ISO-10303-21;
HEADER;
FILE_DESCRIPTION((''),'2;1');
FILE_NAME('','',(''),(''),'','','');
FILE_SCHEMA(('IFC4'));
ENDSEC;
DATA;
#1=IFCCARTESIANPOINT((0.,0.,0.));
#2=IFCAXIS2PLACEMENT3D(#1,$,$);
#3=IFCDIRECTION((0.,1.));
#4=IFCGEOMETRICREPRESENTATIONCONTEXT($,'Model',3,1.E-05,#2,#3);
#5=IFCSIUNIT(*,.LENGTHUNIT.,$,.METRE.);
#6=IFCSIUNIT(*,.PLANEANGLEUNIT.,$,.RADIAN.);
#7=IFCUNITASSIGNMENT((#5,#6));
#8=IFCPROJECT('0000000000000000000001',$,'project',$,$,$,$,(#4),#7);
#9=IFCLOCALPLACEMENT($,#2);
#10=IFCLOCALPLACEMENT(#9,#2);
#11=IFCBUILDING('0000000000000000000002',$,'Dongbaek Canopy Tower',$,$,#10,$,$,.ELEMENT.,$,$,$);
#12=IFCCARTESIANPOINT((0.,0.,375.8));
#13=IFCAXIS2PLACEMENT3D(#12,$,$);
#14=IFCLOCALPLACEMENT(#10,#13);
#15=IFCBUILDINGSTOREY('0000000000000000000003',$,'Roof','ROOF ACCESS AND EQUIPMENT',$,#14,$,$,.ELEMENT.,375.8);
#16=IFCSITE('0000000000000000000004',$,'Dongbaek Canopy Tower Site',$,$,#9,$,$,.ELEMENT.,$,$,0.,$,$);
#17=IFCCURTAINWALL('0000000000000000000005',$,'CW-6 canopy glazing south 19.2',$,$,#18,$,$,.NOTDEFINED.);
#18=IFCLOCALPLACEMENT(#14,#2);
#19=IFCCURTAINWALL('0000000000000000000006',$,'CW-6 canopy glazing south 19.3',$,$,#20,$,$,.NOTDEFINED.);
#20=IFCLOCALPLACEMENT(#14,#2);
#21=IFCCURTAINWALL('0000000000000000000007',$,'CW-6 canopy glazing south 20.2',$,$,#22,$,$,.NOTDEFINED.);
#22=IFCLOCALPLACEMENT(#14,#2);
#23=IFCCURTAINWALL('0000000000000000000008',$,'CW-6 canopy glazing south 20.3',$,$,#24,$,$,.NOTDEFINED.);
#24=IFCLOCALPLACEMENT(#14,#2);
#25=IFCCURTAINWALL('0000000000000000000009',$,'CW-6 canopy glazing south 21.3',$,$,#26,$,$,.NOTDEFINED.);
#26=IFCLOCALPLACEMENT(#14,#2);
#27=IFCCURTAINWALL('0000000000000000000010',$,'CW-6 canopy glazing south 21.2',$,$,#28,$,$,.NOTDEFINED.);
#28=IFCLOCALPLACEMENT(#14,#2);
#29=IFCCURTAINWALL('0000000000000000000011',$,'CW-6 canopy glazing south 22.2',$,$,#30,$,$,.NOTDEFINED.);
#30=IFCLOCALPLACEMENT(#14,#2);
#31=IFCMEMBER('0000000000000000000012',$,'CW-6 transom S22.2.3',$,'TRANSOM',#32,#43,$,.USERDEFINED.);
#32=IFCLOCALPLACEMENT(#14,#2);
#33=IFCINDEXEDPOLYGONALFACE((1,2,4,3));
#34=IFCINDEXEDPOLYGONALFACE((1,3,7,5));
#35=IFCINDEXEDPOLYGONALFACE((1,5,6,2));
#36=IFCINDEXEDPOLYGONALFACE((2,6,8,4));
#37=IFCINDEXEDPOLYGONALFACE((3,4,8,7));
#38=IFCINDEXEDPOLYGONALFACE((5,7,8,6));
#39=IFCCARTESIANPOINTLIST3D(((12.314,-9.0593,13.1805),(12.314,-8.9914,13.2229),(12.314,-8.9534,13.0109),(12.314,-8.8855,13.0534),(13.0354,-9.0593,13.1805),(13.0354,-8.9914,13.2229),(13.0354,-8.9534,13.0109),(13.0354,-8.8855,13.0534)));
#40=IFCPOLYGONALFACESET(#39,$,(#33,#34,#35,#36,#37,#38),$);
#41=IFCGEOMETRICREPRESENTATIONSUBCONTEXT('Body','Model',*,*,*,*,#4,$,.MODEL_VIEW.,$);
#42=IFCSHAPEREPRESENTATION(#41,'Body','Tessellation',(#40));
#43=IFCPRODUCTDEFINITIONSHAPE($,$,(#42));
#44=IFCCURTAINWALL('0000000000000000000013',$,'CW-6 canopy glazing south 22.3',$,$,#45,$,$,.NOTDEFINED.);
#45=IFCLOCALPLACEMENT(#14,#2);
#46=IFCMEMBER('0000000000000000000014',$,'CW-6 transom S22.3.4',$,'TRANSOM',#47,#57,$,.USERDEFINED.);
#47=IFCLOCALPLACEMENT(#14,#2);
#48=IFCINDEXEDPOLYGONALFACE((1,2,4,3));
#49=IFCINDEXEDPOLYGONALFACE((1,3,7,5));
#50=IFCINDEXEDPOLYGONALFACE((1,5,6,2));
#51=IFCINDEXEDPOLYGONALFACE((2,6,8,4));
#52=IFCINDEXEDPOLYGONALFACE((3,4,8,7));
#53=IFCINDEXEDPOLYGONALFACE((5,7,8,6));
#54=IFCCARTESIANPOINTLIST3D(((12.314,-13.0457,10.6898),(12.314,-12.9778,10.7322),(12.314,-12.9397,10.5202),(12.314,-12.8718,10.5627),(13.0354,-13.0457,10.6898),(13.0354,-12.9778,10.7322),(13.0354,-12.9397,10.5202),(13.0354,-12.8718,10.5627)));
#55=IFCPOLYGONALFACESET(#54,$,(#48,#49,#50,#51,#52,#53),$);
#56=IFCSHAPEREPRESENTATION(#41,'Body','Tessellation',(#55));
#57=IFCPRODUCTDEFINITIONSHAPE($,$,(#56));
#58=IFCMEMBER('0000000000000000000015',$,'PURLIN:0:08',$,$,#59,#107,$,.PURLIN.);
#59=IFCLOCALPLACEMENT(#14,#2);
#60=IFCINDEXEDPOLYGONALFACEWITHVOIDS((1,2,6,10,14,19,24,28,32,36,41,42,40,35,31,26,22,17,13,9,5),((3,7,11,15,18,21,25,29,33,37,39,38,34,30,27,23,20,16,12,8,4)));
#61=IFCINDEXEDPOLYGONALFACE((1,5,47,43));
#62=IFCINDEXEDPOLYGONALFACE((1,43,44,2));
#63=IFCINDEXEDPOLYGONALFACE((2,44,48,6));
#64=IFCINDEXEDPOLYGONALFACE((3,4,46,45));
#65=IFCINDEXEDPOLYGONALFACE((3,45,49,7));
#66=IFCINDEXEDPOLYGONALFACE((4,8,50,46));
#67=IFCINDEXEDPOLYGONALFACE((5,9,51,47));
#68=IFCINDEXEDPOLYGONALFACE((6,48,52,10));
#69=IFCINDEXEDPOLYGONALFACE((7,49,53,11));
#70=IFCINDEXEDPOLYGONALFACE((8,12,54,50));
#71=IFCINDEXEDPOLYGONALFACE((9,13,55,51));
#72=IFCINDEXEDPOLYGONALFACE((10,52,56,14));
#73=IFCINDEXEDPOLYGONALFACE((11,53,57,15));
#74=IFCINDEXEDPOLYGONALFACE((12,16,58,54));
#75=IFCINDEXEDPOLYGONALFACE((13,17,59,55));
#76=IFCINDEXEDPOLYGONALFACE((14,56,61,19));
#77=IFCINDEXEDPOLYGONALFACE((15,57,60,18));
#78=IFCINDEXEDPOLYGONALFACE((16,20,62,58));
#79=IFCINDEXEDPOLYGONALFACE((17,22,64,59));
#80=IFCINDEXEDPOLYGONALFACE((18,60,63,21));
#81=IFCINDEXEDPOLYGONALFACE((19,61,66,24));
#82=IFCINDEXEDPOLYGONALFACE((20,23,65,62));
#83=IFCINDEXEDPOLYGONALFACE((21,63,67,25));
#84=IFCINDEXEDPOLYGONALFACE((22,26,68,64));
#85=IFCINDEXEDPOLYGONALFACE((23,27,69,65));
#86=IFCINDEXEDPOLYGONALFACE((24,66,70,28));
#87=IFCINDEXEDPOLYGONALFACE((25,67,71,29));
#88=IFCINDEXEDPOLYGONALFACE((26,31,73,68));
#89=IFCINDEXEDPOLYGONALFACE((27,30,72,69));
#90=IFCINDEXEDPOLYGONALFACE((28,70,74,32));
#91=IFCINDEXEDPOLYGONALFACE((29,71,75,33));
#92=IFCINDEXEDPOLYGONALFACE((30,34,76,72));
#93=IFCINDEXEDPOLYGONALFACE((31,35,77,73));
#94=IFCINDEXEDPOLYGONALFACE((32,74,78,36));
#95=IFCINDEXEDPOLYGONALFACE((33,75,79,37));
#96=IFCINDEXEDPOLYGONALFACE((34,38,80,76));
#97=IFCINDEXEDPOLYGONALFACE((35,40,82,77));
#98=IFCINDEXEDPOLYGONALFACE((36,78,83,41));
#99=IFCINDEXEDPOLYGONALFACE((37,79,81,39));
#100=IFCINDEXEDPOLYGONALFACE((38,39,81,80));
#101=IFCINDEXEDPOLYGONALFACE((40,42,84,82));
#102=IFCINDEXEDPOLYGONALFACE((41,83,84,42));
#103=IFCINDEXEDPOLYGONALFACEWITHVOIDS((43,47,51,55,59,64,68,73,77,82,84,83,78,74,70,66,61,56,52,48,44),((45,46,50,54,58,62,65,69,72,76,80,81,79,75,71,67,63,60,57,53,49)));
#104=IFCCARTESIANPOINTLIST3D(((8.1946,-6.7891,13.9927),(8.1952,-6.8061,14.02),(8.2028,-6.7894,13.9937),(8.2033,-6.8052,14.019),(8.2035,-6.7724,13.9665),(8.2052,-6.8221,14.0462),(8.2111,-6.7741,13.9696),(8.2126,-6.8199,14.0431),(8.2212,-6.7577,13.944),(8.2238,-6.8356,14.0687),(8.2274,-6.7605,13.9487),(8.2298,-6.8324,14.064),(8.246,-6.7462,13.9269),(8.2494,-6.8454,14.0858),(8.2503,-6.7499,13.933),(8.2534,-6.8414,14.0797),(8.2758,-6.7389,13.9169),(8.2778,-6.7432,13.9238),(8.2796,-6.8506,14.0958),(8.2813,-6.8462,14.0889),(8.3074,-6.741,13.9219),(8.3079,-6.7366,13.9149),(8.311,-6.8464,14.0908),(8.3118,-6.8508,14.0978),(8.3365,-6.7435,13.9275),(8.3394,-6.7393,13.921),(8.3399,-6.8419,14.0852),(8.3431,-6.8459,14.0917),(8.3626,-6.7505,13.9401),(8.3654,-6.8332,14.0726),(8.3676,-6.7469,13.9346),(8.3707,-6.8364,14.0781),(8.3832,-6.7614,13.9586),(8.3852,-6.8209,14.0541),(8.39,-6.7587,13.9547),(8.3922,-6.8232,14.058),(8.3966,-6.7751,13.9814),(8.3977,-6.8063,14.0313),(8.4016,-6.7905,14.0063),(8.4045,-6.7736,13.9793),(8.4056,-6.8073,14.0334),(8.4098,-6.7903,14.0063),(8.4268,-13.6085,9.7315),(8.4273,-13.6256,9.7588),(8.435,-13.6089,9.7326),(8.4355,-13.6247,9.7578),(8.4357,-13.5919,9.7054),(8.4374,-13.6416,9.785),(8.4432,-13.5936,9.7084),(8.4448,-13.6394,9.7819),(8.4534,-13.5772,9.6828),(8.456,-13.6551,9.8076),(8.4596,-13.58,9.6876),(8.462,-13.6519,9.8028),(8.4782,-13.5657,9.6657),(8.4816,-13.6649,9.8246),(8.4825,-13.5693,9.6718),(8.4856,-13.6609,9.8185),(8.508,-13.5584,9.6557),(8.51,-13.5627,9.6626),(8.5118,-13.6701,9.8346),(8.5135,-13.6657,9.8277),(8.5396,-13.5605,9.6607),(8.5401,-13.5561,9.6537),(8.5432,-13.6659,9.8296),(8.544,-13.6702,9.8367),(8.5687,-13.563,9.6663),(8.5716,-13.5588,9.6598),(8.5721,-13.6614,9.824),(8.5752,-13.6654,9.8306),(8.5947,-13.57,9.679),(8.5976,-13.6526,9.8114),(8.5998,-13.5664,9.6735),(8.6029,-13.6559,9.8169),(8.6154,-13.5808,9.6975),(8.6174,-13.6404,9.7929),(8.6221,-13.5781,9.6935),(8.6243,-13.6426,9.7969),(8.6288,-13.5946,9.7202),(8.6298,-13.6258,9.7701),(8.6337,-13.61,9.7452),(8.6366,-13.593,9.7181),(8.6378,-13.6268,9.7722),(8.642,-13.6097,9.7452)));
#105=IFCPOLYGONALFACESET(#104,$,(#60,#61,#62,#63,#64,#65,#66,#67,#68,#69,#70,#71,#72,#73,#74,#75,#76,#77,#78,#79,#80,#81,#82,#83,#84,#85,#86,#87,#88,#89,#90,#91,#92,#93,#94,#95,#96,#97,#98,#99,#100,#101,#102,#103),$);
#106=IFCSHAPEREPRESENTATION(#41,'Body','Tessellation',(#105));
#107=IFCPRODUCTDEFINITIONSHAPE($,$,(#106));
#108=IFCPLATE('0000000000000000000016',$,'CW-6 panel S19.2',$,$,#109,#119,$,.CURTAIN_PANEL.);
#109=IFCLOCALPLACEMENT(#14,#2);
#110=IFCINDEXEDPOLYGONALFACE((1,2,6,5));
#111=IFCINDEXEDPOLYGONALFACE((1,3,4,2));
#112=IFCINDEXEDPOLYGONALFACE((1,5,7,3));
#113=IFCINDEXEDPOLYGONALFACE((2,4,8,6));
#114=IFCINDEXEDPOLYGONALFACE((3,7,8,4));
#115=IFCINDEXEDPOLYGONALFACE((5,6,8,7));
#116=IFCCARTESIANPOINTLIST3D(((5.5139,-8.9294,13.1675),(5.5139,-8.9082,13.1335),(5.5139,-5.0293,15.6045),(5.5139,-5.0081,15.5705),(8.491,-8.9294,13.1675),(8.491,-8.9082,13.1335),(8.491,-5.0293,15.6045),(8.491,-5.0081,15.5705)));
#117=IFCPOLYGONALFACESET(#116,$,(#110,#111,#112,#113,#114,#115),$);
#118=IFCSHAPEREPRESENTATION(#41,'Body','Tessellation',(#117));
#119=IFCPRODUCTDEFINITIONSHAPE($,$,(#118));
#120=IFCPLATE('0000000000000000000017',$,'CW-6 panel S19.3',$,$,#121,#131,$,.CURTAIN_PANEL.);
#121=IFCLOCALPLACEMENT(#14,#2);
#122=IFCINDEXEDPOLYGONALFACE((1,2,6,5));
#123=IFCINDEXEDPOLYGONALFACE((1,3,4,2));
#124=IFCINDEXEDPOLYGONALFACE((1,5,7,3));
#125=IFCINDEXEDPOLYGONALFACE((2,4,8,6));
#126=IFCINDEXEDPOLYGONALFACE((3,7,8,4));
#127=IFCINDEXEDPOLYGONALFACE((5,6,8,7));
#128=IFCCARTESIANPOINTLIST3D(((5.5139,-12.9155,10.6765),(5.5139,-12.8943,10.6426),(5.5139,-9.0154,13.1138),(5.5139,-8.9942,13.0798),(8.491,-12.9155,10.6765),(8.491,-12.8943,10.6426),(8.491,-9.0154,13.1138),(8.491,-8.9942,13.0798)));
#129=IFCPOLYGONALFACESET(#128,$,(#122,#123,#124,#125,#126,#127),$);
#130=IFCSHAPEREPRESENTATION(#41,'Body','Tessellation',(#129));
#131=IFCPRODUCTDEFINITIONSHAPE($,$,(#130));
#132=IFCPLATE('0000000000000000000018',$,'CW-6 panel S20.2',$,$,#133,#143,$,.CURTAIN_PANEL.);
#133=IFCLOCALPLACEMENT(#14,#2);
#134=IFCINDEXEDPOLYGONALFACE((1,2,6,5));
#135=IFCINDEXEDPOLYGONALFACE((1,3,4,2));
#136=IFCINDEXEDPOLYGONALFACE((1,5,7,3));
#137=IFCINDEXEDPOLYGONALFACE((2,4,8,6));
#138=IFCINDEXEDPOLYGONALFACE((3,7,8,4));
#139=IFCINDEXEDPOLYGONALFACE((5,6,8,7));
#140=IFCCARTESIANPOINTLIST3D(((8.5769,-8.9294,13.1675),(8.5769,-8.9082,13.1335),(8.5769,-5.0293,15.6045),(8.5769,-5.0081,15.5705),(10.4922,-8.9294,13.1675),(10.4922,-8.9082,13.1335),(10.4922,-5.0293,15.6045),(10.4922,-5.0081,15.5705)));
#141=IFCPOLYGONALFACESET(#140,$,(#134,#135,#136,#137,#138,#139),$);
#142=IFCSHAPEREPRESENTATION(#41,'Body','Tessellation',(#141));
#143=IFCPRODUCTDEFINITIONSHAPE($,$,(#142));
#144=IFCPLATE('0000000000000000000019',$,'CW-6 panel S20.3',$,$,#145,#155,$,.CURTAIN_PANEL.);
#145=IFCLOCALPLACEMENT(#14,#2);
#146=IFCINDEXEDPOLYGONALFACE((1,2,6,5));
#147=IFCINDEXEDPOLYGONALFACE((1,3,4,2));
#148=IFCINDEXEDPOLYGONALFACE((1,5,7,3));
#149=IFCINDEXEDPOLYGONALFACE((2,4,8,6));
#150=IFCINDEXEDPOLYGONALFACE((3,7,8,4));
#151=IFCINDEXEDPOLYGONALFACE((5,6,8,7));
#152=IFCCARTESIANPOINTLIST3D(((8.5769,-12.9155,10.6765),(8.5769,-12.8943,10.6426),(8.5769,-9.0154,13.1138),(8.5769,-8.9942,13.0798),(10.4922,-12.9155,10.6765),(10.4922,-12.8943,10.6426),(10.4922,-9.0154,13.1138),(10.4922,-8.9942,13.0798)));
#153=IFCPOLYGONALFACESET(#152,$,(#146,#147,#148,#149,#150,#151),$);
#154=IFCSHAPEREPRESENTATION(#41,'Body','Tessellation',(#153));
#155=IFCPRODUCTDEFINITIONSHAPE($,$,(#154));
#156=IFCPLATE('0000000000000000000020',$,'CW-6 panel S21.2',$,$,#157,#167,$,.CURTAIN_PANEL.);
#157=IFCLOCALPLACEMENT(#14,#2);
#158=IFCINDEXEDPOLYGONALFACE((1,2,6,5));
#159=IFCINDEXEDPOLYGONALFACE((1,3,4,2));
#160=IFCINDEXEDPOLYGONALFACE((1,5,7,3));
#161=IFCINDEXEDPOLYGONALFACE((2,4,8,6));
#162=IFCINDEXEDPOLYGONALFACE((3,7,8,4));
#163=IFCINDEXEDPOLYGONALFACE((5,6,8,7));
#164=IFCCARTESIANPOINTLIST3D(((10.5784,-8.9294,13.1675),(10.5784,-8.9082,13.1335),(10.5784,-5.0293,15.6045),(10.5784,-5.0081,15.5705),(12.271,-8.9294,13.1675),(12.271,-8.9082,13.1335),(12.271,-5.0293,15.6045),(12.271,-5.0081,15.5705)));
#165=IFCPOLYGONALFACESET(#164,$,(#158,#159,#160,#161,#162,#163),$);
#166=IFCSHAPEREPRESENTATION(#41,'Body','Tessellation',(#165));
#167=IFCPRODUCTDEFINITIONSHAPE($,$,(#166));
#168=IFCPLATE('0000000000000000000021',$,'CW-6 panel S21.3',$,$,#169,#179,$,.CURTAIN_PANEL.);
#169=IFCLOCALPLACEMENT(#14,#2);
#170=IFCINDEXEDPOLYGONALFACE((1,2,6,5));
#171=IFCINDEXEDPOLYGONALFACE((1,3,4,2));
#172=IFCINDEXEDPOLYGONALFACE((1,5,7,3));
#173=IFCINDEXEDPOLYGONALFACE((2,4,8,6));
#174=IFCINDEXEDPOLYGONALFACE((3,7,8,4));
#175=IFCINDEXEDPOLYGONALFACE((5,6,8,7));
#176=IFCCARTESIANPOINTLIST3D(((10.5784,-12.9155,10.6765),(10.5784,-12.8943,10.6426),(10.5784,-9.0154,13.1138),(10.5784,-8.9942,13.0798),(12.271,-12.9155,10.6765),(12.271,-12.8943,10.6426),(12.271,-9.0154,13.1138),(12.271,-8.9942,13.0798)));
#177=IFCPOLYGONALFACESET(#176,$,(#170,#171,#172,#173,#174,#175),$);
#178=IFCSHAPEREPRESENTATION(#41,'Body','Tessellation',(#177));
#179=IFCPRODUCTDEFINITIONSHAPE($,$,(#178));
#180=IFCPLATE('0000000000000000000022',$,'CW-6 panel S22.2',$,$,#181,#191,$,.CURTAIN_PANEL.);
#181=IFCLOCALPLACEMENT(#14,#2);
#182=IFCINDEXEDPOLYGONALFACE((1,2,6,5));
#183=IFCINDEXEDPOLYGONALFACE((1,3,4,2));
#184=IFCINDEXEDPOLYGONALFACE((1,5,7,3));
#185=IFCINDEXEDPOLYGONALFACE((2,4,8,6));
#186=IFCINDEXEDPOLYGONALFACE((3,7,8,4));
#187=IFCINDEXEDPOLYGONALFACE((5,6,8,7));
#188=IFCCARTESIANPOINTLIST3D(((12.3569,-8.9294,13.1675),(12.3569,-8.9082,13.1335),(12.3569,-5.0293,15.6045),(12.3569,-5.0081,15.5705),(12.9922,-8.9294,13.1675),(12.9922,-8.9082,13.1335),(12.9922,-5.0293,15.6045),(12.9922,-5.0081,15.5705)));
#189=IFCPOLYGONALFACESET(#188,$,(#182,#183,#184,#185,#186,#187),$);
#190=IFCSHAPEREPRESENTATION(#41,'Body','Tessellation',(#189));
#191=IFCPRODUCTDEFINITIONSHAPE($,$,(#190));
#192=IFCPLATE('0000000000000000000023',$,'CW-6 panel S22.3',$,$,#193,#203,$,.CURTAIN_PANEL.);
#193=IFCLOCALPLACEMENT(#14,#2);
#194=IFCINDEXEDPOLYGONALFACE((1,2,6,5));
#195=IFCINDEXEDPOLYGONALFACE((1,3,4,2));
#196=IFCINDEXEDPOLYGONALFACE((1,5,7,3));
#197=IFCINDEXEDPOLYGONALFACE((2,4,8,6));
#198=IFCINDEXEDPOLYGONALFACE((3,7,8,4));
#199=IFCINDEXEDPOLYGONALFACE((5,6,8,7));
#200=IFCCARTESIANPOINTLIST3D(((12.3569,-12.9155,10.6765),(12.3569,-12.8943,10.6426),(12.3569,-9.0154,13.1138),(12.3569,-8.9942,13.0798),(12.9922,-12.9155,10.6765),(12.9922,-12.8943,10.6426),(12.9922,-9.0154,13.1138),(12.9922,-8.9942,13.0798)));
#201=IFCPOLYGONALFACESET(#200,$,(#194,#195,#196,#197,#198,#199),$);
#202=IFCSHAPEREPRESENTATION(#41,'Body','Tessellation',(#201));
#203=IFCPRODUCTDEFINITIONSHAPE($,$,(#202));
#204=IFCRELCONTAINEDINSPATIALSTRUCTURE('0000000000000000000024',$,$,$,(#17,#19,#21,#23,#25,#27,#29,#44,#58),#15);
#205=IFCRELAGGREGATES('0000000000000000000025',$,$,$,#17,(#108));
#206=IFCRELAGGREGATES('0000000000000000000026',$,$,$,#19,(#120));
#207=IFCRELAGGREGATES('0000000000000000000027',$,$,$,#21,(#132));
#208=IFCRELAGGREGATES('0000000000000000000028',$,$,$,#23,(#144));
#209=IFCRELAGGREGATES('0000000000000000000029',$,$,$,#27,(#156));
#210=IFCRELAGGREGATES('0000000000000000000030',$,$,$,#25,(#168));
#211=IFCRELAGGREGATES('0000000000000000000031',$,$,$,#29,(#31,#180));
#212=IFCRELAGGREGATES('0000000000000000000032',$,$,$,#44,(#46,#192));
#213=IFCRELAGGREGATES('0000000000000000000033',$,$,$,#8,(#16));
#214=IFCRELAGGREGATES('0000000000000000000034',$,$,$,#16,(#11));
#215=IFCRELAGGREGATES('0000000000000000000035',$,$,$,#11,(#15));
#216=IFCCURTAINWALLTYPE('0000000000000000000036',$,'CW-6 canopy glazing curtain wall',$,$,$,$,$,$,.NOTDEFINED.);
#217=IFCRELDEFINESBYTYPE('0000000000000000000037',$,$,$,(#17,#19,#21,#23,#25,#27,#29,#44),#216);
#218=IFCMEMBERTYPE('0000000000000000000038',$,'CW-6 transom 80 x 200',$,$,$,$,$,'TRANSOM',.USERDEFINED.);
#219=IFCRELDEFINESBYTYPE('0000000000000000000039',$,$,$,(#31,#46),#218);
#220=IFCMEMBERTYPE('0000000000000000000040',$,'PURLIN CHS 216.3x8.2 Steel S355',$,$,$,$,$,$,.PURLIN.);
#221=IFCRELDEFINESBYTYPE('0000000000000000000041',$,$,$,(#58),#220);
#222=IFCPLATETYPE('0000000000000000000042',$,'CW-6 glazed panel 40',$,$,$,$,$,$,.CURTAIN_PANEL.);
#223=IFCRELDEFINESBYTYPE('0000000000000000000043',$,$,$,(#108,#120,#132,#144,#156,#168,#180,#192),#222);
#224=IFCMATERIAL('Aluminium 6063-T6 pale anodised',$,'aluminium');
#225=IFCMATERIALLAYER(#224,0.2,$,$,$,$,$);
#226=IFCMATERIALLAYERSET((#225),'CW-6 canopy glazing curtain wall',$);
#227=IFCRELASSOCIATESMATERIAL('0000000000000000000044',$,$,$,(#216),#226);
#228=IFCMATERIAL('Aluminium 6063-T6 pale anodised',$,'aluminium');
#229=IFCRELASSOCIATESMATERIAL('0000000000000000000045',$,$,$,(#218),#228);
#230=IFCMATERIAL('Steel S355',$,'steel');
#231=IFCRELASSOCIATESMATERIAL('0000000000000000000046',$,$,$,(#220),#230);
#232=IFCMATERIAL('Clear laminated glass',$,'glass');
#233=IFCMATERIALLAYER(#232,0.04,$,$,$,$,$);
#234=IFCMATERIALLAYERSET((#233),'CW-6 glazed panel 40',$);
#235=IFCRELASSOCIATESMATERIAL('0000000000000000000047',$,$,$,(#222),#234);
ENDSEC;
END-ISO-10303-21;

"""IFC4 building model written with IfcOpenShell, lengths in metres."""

from ifc_helpers import new_model, si_unit, direction, frame, origin, origin_2d, place, context, subcontext, project, spatial, polyline, rectangle, hollow_circle, outline, extrude, material, layer, layer_set, material_profile, profile_set, type_object, element, aggregate, save


model = new_model("IFC4")

# Units and contexts
model_context = context("Model", 3, precision=1e-05, world=origin(), true_north=direction((0.0, 1.0)))
body_context = subcontext(model_context, "Body", "Model", "MODEL_VIEW")
ifc_project = project(units=[si_unit("LENGTHUNIT", "METRE"), si_unit("PLANEANGLEUNIT", "RADIAN")], contexts=[model_context])

# Site, building, storey
site_placement = place(None, origin())
site = spatial("IfcSite", under=ifc_project, at=site_placement, Name="Dongbaek Canopy Tower Site", CompositionType="ELEMENT", RefElevation=0.0)
building_placement = place(site_placement, origin())
building = spatial("IfcBuilding", under=site, at=building_placement, Name="Dongbaek Canopy Tower", CompositionType="ELEMENT")
storey_placement = place(building_placement, frame((0.0, 0.0, 375.8)))
storey = spatial("IfcBuildingStorey", under=building, at=storey_placement, Name="Roof", Description="ROOF ACCESS AND EQUIPMENT", CompositionType="ELEMENT", Elevation=375.8)

# Curtain walls
ifc_material_1 = material(Name="Aluminium 6063-T6 pale anodised", Category="aluminium")
ifc_layer_1 = layer(ifc_material_1, 0.2)
ifc_layer_set_1 = layer_set([ifc_layer_1], Name="CW-6 canopy glazing curtain wall")
curtain_wall_type = type_object("IfcCurtainWallType", Name="CW-6 canopy glazing curtain wall", PredefinedType="NOTDEFINED", material=ifc_layer_set_1)
curtain_wall_1_placement = place(storey_placement, origin())
curtain_wall_1 = element("IfcCurtainWall", 1, at=curtain_wall_1_placement, inside=storey, type_object=curtain_wall_type, Name="CW-6 canopy glazing south 19.2", PredefinedType="NOTDEFINED")
curtain_wall_2_placement = place(storey_placement, origin())
curtain_wall_2 = element("IfcCurtainWall", 2, at=curtain_wall_2_placement, inside=storey, type_object=curtain_wall_type, Name="CW-6 canopy glazing south 19.3", PredefinedType="NOTDEFINED")
curtain_wall_3_placement = place(storey_placement, origin())
curtain_wall_3 = element("IfcCurtainWall", 3, at=curtain_wall_3_placement, inside=storey, type_object=curtain_wall_type, Name="CW-6 canopy glazing south 20.2", PredefinedType="NOTDEFINED")
curtain_wall_4_placement = place(storey_placement, origin())
curtain_wall_4 = element("IfcCurtainWall", 4, at=curtain_wall_4_placement, inside=storey, type_object=curtain_wall_type, Name="CW-6 canopy glazing south 20.3", PredefinedType="NOTDEFINED")
curtain_wall_5_placement = place(storey_placement, origin())
curtain_wall_5 = element("IfcCurtainWall", 5, at=curtain_wall_5_placement, inside=storey, type_object=curtain_wall_type, Name="CW-6 canopy glazing south 21.3", PredefinedType="NOTDEFINED")
ifc_material_2 = material(Name="Aluminium 6063-T6 pale anodised", Category="aluminium")
ifc_material_profile_1 = material_profile(ifc_material_2, rectangle(XDim=0.0801, YDim=0.2, at=origin_2d()), Name="CW-6 transom 80 x 200")
ifc_profile_set_1 = profile_set([ifc_material_profile_1], Name="Aluminium 6063-T6 pale anodised")
member_type_1 = type_object("IfcMemberType", Name="CW-6 transom 80 x 200", ElementType="TRANSOM", PredefinedType="USERDEFINED", material=ifc_profile_set_1)

# Curtain wall
curtain_wall_6_placement = place(storey_placement, origin())
curtain_wall_6 = element("IfcCurtainWall", 6, at=curtain_wall_6_placement, inside=storey, type_object=curtain_wall_type, Name="CW-6 canopy glazing south 21.2", PredefinedType="NOTDEFINED")

# Curtain walls, members
curtain_wall_7_placement = place(storey_placement, origin())
curtain_wall_7 = element("IfcCurtainWall", 7, at=curtain_wall_7_placement, inside=storey, type_object=curtain_wall_type, Name="CW-6 canopy glazing south 22.2", PredefinedType="NOTDEFINED")
member_1_placement = place(storey_placement, frame((12.314, -8.9724, 13.1169), z_axis=(1.0, 0.0, 0.0), x_axis=(0.0, 0.848048, 0.529919)))
member_1 = element("IfcMember", 8, at=member_1_placement, type_object=member_type_1, Name="CW-6 transom S22.2.3", ObjectType="TRANSOM", PredefinedType="USERDEFINED", context=body_context, shape_type="SweptSolid", body=[
    extrude(rectangle(XDim=0.0801, YDim=0.2, at=origin_2d()), origin(), (0.0, 0.0, 1.0), 0.7214),
])
curtain_wall_8_placement = place(storey_placement, origin())
curtain_wall_8 = element("IfcCurtainWall", 9, at=curtain_wall_8_placement, inside=storey, type_object=curtain_wall_type, Name="CW-6 canopy glazing south 22.3", PredefinedType="NOTDEFINED")
member_2_placement = place(storey_placement, frame((12.314, -12.9587, 10.6262), z_axis=(1.0, 0.0, 0.0), x_axis=(0.0, 0.848048, 0.529919)))
member_2 = element("IfcMember", 10, at=member_2_placement, type_object=member_type_1, Name="CW-6 transom S22.3.4", ObjectType="TRANSOM", PredefinedType="USERDEFINED", context=body_context, shape_type="SweptSolid", body=[
    extrude(rectangle(XDim=0.0801, YDim=0.2, at=origin_2d()), origin(), (0.0, 0.0, 1.0), 0.7214),
])

# Member
ifc_material_3 = material(Name="Steel S355", Category="steel")
ifc_material_profile_2 = material_profile(ifc_material_3, hollow_circle(Radius=0.1082, WallThickness=0.0083, at=origin_2d()), Name="PURLIN CHS 216.3x8.2 Steel S355")
ifc_profile_set_2 = profile_set([ifc_material_profile_2], Name="Steel S355")
member_type_2 = type_object("IfcMemberType", Name="PURLIN CHS 216.3x8.2 Steel S355", PredefinedType="PURLIN", material=ifc_profile_set_2)
member_3_placement = place(storey_placement, frame((8.3018, -6.7939, 14.0063), z_axis=(0.028861, -0.847701, -0.529688), x_axis=(0.999421, 0.034026, 0.0)))
element("IfcMember", 11, at=member_3_placement, inside=storey, type_object=member_type_2, Name="PURLIN:0:08", PredefinedType="PURLIN", context=body_context, shape_type="SweptSolid", body=[
    extrude(hollow_circle(Radius=0.1082, WallThickness=0.0083, at=origin_2d()), origin(), (0.0, 0.0, 1.0), 8.0447),
])

# Plates
ifc_material_4 = material(Name="Clear laminated glass", Category="glass")
ifc_layer_2 = layer(ifc_material_4, 0.04)
ifc_layer_set_2 = layer_set([ifc_layer_2], Name="CW-6 glazed panel 40")
plate_type = type_object("IfcPlateType", Name="CW-6 glazed panel 40", PredefinedType="CURTAIN_PANEL", material=ifc_layer_set_2)
plate_1_placement = place(storey_placement, frame((8.491, -8.9294, 13.1675), z_axis=(0.0, -0.529908, 0.848055), x_axis=(-1.0, 0.0, 0.0)))
plate_1 = element("IfcPlate", 12, at=plate_1_placement, type_object=plate_type, Name="CW-6 panel S19.2", PredefinedType="CURTAIN_PANEL", context=body_context, shape_type="SweptSolid", body=[
    extrude(outline(polyline([(0.0, 0.0), (2.9771, 0.0), (2.9771, -4.5989), (0.0, -4.5989), (0.0, 0.0)])), origin(), (0.0, 0.0, -1.0), 0.04),
])
aggregate(curtain_wall_1, [plate_1])
plate_2_placement = place(storey_placement, frame((8.491, -12.9155, 10.6765), z_axis=(0.0, -0.529946, 0.848031), x_axis=(-1.0, 0.0, 0.0)))
plate_2 = element("IfcPlate", 13, at=plate_2_placement, type_object=plate_type, Name="CW-6 panel S19.3", PredefinedType="CURTAIN_PANEL", context=body_context, shape_type="SweptSolid", body=[
    extrude(outline(polyline([(0.0, 0.0), (2.9771, 0.0), (2.9771, -4.5991), (0.0, -4.5991), (0.0, 0.0)])), origin(), (0.0, 0.0, -1.0), 0.04),
])
aggregate(curtain_wall_2, [plate_2])
plate_3_placement = place(storey_placement, frame((10.4922, -8.9294, 13.1675), z_axis=(0.0, -0.529908, 0.848055), x_axis=(-1.0, 0.0, 0.0)))
plate_3 = element("IfcPlate", 14, at=plate_3_placement, type_object=plate_type, Name="CW-6 panel S20.2", PredefinedType="CURTAIN_PANEL", context=body_context, shape_type="SweptSolid", body=[
    extrude(outline(polyline([(0.0, 0.0), (1.9153, 0.0), (1.9153, -4.5989), (0.0, -4.5989), (0.0, 0.0)])), origin(), (0.0, 0.0, -1.0), 0.04),
])
aggregate(curtain_wall_3, [plate_3])
plate_4_placement = place(storey_placement, frame((10.4922, -12.9155, 10.6765), z_axis=(0.0, -0.529946, 0.848031), x_axis=(-1.0, 0.0, 0.0)))
plate_4 = element("IfcPlate", 15, at=plate_4_placement, type_object=plate_type, Name="CW-6 panel S20.3", PredefinedType="CURTAIN_PANEL", context=body_context, shape_type="SweptSolid", body=[
    extrude(outline(polyline([(0.0, 0.0), (1.9153, 0.0), (1.9153, -4.5991), (0.0, -4.5991), (0.0, 0.0)])), origin(), (0.0, 0.0, -1.0), 0.04),
])
aggregate(curtain_wall_4, [plate_4])
plate_5_placement = place(storey_placement, frame((12.271, -8.9294, 13.1675), z_axis=(0.0, -0.529908, 0.848055), x_axis=(-1.0, 0.0, 0.0)))
plate_5 = element("IfcPlate", 16, at=plate_5_placement, type_object=plate_type, Name="CW-6 panel S21.2", PredefinedType="CURTAIN_PANEL", context=body_context, shape_type="SweptSolid", body=[
    extrude(outline(polyline([(0.0, 0.0), (1.6926, 0.0), (1.6926, -4.5989), (0.0, -4.5989), (0.0, 0.0)])), origin(), (0.0, 0.0, -1.0), 0.04),
])
aggregate(curtain_wall_6, [plate_5])
plate_6_placement = place(storey_placement, frame((12.271, -12.9155, 10.6765), z_axis=(0.0, -0.529946, 0.848031), x_axis=(-1.0, 0.0, 0.0)))
plate_6 = element("IfcPlate", 17, at=plate_6_placement, type_object=plate_type, Name="CW-6 panel S21.3", PredefinedType="CURTAIN_PANEL", context=body_context, shape_type="SweptSolid", body=[
    extrude(outline(polyline([(0.0, 0.0), (1.6926, 0.0), (1.6926, -4.5991), (0.0, -4.5991), (0.0, 0.0)])), origin(), (0.0, 0.0, -1.0), 0.04),
])
aggregate(curtain_wall_5, [plate_6])
plate_7_placement = place(storey_placement, frame((12.9922, -8.9294, 13.1675), z_axis=(0.0, -0.529908, 0.848055), x_axis=(-1.0, 0.0, 0.0)))
plate_7 = element("IfcPlate", 18, at=plate_7_placement, type_object=plate_type, Name="CW-6 panel S22.2", PredefinedType="CURTAIN_PANEL", context=body_context, shape_type="SweptSolid", body=[
    extrude(outline(polyline([(0.0, 0.0), (0.6353, 0.0), (0.6353, -4.5989), (0.0, -4.5989), (0.0, 0.0)])), origin(), (0.0, 0.0, -1.0), 0.04),
])
aggregate(curtain_wall_7, [member_1, plate_7])
plate_8_placement = place(storey_placement, frame((12.9922, -12.9155, 10.6765), z_axis=(0.0, -0.529946, 0.848031), x_axis=(-1.0, 0.0, 0.0)))
plate_8 = element("IfcPlate", 19, at=plate_8_placement, type_object=plate_type, Name="CW-6 panel S22.3", PredefinedType="CURTAIN_PANEL", context=body_context, shape_type="SweptSolid", body=[
    extrude(outline(polyline([(0.0, 0.0), (0.6353, 0.0), (0.6353, -4.5991), (0.0, -4.5991), (0.0, 0.0)])), origin(), (0.0, 0.0, -1.0), 0.04),
])
aggregate(curtain_wall_8, [member_2, plate_8])

save(model, "model.ifc")
